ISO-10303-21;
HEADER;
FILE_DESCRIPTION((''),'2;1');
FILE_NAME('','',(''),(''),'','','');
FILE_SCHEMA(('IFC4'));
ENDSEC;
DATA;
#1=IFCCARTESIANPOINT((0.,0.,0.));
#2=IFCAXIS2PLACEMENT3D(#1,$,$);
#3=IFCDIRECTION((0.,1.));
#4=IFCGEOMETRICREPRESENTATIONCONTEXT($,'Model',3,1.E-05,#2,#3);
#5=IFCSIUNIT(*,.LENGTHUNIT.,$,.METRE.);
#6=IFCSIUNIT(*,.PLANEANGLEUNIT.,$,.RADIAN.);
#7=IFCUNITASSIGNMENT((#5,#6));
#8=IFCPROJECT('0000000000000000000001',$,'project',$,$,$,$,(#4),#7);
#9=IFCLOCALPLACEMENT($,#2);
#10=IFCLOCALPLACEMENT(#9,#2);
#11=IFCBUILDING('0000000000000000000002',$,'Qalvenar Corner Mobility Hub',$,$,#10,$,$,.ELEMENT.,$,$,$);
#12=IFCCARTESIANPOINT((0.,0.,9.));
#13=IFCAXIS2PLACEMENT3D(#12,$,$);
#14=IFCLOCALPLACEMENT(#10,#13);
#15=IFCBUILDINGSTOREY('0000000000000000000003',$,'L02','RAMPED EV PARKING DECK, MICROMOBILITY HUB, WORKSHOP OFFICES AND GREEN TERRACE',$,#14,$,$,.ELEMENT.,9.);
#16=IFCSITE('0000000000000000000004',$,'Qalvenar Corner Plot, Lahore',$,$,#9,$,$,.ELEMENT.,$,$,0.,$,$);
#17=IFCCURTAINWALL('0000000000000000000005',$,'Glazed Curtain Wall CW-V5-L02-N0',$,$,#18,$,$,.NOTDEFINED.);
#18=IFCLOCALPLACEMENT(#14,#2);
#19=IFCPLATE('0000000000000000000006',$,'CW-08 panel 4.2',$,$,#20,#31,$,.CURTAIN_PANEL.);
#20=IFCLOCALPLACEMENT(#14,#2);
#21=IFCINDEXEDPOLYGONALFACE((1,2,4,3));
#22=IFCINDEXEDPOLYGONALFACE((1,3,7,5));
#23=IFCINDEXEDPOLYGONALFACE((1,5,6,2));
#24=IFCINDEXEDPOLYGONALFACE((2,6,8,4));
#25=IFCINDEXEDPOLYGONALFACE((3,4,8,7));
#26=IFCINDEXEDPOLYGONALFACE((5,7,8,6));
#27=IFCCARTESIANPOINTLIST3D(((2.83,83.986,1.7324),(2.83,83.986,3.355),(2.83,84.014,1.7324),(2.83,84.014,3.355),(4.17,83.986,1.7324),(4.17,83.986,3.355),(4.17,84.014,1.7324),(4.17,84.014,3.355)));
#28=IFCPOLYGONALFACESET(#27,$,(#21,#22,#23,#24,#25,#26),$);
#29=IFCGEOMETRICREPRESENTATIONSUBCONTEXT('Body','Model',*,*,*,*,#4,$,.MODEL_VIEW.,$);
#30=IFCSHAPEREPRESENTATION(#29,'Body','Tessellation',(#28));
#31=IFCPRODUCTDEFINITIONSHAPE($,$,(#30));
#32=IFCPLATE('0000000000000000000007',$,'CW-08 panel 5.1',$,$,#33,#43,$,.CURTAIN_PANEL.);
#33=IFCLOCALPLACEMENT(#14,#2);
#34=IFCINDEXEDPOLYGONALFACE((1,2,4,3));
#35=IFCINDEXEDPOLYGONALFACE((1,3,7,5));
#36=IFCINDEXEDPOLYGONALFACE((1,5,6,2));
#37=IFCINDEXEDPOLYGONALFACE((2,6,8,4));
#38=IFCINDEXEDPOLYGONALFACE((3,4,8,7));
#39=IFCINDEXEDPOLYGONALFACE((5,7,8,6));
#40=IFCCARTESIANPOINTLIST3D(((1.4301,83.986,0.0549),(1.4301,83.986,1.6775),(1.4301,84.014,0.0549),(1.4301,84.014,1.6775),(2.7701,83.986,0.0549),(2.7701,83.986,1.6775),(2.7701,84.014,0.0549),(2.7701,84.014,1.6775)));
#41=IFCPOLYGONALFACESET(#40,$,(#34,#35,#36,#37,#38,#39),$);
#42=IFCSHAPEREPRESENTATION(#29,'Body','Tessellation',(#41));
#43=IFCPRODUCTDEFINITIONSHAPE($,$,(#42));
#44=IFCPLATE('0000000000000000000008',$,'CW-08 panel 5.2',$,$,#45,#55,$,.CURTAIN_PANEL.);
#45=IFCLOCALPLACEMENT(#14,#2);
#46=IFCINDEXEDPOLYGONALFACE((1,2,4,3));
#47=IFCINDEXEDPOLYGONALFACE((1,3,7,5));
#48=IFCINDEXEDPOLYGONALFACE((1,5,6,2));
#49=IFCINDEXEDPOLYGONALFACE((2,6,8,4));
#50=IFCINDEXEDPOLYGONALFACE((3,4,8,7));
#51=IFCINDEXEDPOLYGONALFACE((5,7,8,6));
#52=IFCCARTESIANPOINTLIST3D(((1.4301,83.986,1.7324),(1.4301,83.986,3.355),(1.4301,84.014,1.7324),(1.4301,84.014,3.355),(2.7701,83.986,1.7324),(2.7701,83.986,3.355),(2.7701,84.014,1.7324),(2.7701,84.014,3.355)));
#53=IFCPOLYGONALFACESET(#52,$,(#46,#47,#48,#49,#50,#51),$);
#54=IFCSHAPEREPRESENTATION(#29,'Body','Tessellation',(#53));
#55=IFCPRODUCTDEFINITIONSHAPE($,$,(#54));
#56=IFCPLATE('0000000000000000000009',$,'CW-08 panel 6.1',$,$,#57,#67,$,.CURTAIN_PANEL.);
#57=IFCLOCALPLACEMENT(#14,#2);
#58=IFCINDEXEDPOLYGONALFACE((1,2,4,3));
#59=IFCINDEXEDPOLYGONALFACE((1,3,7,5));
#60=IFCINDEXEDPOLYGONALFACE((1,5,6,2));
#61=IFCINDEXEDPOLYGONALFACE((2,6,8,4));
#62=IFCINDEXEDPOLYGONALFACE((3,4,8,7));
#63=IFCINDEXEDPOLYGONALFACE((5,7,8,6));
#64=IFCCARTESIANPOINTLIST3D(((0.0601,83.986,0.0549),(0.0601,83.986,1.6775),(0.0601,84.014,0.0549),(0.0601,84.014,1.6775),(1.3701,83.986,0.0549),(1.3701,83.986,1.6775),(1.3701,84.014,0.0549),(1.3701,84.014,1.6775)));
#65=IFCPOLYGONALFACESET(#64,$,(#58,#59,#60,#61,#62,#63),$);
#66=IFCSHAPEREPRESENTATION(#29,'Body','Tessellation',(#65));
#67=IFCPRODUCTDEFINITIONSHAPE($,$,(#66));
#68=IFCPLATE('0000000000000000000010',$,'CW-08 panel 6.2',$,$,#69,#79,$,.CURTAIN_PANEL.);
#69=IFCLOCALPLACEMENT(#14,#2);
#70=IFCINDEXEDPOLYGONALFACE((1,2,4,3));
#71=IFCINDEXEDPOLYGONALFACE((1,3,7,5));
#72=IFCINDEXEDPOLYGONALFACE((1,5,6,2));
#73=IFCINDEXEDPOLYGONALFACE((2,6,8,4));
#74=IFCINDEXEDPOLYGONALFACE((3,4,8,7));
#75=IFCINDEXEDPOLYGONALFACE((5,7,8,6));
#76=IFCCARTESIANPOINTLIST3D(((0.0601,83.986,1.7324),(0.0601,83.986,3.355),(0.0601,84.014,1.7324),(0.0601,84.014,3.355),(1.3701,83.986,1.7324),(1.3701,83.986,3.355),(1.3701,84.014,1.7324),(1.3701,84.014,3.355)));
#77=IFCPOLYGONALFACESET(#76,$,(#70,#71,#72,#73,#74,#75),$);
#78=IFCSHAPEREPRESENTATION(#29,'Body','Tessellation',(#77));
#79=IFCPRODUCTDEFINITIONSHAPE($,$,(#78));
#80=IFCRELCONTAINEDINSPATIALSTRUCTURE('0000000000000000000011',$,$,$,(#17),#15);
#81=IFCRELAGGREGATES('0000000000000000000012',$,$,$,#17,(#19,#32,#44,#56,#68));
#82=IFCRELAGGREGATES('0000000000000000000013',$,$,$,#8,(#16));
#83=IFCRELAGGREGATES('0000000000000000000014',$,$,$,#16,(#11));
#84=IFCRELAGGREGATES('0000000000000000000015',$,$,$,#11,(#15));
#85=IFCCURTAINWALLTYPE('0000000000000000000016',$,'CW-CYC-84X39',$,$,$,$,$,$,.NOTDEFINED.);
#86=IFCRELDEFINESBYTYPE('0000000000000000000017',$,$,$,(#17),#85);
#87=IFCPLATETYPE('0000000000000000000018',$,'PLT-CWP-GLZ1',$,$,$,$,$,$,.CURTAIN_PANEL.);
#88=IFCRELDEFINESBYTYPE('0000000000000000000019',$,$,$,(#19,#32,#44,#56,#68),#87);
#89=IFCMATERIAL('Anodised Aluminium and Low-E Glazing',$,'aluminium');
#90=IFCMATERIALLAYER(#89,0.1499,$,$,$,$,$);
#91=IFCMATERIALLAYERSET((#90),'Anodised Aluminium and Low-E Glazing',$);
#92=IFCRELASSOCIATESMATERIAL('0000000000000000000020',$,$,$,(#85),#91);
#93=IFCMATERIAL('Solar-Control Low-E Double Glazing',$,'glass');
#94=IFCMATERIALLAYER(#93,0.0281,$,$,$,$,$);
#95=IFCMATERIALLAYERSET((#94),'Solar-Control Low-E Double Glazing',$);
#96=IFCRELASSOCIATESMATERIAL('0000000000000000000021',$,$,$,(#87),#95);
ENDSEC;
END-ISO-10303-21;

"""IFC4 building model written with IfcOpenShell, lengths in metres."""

from ifc_helpers import new_model, si_unit, direction, frame, origin, origin_2d, place, context, subcontext, project, spatial, rectangle, extrude, material, layer, layer_set, type_object, element, aggregate, save


model = new_model("IFC4")

# Units and contexts
model_context = context("Model", 3, precision=1e-05, world=origin(), true_north=direction((0.0, 1.0)))
body_context = subcontext(model_context, "Body", "Model", "MODEL_VIEW")
ifc_project = project(units=[si_unit("LENGTHUNIT", "METRE"), si_unit("PLANEANGLEUNIT", "RADIAN")], contexts=[model_context])

# Site, building, storey
site_placement = place(None, origin())
site = spatial("IfcSite", under=ifc_project, at=site_placement, Name="Qalvenar Corner Plot, Lahore", CompositionType="ELEMENT", RefElevation=0.0)
building_placement = place(site_placement, origin())
building = spatial("IfcBuilding", under=site, at=building_placement, Name="Qalvenar Corner Mobility Hub", CompositionType="ELEMENT")
storey_placement = place(building_placement, frame((0.0, 0.0, 9.0)))
storey = spatial("IfcBuildingStorey", under=building, at=storey_placement, Name="L02", Description="RAMPED EV PARKING DECK, MICROMOBILITY HUB, WORKSHOP OFFICES AND GREEN TERRACE", CompositionType="ELEMENT", Elevation=9.0)

# Shared definitions
ifc_material_1 = material(Name="Anodised Aluminium and Low-E Glazing", Category="aluminium")
ifc_layer_1 = layer(ifc_material_1, 0.1499)
ifc_layer_set_1 = layer_set([ifc_layer_1], Name="Anodised Aluminium and Low-E Glazing")
curtain_wall_type = type_object("IfcCurtainWallType", Name="CW-CYC-84X39", PredefinedType="NOTDEFINED", material=ifc_layer_set_1)

# Curtain wall
curtain_wall_1_placement = place(storey_placement, origin())
curtain_wall_1 = element("IfcCurtainWall", 1, at=curtain_wall_1_placement, inside=storey, type_object=curtain_wall_type, Name="Glazed Curtain Wall CW-V5-L02-N0", PredefinedType="NOTDEFINED")

# Plates
ifc_material_2 = material(Name="Solar-Control Low-E Double Glazing", Category="glass")
ifc_layer_2 = layer(ifc_material_2, 0.0281)
ifc_layer_set_2 = layer_set([ifc_layer_2], Name="Solar-Control Low-E Double Glazing")
plate_type = type_object("IfcPlateType", Name="PLT-CWP-GLZ1", PredefinedType="CURTAIN_PANEL", material=ifc_layer_set_2)
plate_1_placement = place(storey_placement, frame((3.5, 84.0, 1.7324), z_axis=(0.0, 0.0, 1.0), x_axis=(-1.0, 0.0, 0.0)))
plate_1 = element("IfcPlate", 2, at=plate_1_placement, type_object=plate_type, Name="CW-08 panel 4.2", PredefinedType="CURTAIN_PANEL", context=body_context, shape_type="SweptSolid", body=[
    extrude(rectangle(XDim=1.3401, YDim=0.0281, at=origin_2d()), origin(), (0.0, 0.0, 1.0), 1.6226),
])
plate_2_placement = place(storey_placement, frame((2.1001, 84.0, 0.0549), z_axis=(0.0, 0.0, 1.0), x_axis=(-1.0, 0.0, 0.0)))
plate_2 = element("IfcPlate", 3, at=plate_2_placement, type_object=plate_type, Name="CW-08 panel 5.1", PredefinedType="CURTAIN_PANEL", context=body_context, shape_type="SweptSolid", body=[
    extrude(rectangle(XDim=1.3401, YDim=0.0281, at=origin_2d()), origin(), (0.0, 0.0, 1.0), 1.6226),
])
plate_3_placement = place(storey_placement, frame((2.1001, 84.0, 1.7324), z_axis=(0.0, 0.0, 1.0), x_axis=(-1.0, 0.0, 0.0)))
plate_3 = element("IfcPlate", 4, at=plate_3_placement, type_object=plate_type, Name="CW-08 panel 5.2", PredefinedType="CURTAIN_PANEL", context=body_context, shape_type="SweptSolid", body=[
    extrude(rectangle(XDim=1.3401, YDim=0.0281, at=origin_2d()), origin(), (0.0, 0.0, 1.0), 1.6226),
])
plate_4_placement = place(storey_placement, frame((0.7151, 84.0, 0.0549), z_axis=(0.0, 0.0, 1.0), x_axis=(-1.0, 0.0, 0.0)))
plate_4 = element("IfcPlate", 5, at=plate_4_placement, type_object=plate_type, Name="CW-08 panel 6.1", PredefinedType="CURTAIN_PANEL", context=body_context, shape_type="SweptSolid", body=[
    extrude(rectangle(XDim=1.3101, YDim=0.0281, at=origin_2d()), origin(), (0.0, 0.0, 1.0), 1.6226),
])
plate_5_placement = place(storey_placement, frame((0.7151, 84.0, 1.7324), z_axis=(0.0, 0.0, 1.0), x_axis=(-1.0, 0.0, 0.0)))
plate_5 = element("IfcPlate", 6, at=plate_5_placement, type_object=plate_type, Name="CW-08 panel 6.2", PredefinedType="CURTAIN_PANEL", context=body_context, shape_type="SweptSolid", body=[
    extrude(rectangle(XDim=1.3101, YDim=0.0281, at=origin_2d()), origin(), (0.0, 0.0, 1.0), 1.6226),
])
aggregate(curtain_wall_1, [plate_1, plate_2, plate_3, plate_4, plate_5])

save(model, "model.ifc")
